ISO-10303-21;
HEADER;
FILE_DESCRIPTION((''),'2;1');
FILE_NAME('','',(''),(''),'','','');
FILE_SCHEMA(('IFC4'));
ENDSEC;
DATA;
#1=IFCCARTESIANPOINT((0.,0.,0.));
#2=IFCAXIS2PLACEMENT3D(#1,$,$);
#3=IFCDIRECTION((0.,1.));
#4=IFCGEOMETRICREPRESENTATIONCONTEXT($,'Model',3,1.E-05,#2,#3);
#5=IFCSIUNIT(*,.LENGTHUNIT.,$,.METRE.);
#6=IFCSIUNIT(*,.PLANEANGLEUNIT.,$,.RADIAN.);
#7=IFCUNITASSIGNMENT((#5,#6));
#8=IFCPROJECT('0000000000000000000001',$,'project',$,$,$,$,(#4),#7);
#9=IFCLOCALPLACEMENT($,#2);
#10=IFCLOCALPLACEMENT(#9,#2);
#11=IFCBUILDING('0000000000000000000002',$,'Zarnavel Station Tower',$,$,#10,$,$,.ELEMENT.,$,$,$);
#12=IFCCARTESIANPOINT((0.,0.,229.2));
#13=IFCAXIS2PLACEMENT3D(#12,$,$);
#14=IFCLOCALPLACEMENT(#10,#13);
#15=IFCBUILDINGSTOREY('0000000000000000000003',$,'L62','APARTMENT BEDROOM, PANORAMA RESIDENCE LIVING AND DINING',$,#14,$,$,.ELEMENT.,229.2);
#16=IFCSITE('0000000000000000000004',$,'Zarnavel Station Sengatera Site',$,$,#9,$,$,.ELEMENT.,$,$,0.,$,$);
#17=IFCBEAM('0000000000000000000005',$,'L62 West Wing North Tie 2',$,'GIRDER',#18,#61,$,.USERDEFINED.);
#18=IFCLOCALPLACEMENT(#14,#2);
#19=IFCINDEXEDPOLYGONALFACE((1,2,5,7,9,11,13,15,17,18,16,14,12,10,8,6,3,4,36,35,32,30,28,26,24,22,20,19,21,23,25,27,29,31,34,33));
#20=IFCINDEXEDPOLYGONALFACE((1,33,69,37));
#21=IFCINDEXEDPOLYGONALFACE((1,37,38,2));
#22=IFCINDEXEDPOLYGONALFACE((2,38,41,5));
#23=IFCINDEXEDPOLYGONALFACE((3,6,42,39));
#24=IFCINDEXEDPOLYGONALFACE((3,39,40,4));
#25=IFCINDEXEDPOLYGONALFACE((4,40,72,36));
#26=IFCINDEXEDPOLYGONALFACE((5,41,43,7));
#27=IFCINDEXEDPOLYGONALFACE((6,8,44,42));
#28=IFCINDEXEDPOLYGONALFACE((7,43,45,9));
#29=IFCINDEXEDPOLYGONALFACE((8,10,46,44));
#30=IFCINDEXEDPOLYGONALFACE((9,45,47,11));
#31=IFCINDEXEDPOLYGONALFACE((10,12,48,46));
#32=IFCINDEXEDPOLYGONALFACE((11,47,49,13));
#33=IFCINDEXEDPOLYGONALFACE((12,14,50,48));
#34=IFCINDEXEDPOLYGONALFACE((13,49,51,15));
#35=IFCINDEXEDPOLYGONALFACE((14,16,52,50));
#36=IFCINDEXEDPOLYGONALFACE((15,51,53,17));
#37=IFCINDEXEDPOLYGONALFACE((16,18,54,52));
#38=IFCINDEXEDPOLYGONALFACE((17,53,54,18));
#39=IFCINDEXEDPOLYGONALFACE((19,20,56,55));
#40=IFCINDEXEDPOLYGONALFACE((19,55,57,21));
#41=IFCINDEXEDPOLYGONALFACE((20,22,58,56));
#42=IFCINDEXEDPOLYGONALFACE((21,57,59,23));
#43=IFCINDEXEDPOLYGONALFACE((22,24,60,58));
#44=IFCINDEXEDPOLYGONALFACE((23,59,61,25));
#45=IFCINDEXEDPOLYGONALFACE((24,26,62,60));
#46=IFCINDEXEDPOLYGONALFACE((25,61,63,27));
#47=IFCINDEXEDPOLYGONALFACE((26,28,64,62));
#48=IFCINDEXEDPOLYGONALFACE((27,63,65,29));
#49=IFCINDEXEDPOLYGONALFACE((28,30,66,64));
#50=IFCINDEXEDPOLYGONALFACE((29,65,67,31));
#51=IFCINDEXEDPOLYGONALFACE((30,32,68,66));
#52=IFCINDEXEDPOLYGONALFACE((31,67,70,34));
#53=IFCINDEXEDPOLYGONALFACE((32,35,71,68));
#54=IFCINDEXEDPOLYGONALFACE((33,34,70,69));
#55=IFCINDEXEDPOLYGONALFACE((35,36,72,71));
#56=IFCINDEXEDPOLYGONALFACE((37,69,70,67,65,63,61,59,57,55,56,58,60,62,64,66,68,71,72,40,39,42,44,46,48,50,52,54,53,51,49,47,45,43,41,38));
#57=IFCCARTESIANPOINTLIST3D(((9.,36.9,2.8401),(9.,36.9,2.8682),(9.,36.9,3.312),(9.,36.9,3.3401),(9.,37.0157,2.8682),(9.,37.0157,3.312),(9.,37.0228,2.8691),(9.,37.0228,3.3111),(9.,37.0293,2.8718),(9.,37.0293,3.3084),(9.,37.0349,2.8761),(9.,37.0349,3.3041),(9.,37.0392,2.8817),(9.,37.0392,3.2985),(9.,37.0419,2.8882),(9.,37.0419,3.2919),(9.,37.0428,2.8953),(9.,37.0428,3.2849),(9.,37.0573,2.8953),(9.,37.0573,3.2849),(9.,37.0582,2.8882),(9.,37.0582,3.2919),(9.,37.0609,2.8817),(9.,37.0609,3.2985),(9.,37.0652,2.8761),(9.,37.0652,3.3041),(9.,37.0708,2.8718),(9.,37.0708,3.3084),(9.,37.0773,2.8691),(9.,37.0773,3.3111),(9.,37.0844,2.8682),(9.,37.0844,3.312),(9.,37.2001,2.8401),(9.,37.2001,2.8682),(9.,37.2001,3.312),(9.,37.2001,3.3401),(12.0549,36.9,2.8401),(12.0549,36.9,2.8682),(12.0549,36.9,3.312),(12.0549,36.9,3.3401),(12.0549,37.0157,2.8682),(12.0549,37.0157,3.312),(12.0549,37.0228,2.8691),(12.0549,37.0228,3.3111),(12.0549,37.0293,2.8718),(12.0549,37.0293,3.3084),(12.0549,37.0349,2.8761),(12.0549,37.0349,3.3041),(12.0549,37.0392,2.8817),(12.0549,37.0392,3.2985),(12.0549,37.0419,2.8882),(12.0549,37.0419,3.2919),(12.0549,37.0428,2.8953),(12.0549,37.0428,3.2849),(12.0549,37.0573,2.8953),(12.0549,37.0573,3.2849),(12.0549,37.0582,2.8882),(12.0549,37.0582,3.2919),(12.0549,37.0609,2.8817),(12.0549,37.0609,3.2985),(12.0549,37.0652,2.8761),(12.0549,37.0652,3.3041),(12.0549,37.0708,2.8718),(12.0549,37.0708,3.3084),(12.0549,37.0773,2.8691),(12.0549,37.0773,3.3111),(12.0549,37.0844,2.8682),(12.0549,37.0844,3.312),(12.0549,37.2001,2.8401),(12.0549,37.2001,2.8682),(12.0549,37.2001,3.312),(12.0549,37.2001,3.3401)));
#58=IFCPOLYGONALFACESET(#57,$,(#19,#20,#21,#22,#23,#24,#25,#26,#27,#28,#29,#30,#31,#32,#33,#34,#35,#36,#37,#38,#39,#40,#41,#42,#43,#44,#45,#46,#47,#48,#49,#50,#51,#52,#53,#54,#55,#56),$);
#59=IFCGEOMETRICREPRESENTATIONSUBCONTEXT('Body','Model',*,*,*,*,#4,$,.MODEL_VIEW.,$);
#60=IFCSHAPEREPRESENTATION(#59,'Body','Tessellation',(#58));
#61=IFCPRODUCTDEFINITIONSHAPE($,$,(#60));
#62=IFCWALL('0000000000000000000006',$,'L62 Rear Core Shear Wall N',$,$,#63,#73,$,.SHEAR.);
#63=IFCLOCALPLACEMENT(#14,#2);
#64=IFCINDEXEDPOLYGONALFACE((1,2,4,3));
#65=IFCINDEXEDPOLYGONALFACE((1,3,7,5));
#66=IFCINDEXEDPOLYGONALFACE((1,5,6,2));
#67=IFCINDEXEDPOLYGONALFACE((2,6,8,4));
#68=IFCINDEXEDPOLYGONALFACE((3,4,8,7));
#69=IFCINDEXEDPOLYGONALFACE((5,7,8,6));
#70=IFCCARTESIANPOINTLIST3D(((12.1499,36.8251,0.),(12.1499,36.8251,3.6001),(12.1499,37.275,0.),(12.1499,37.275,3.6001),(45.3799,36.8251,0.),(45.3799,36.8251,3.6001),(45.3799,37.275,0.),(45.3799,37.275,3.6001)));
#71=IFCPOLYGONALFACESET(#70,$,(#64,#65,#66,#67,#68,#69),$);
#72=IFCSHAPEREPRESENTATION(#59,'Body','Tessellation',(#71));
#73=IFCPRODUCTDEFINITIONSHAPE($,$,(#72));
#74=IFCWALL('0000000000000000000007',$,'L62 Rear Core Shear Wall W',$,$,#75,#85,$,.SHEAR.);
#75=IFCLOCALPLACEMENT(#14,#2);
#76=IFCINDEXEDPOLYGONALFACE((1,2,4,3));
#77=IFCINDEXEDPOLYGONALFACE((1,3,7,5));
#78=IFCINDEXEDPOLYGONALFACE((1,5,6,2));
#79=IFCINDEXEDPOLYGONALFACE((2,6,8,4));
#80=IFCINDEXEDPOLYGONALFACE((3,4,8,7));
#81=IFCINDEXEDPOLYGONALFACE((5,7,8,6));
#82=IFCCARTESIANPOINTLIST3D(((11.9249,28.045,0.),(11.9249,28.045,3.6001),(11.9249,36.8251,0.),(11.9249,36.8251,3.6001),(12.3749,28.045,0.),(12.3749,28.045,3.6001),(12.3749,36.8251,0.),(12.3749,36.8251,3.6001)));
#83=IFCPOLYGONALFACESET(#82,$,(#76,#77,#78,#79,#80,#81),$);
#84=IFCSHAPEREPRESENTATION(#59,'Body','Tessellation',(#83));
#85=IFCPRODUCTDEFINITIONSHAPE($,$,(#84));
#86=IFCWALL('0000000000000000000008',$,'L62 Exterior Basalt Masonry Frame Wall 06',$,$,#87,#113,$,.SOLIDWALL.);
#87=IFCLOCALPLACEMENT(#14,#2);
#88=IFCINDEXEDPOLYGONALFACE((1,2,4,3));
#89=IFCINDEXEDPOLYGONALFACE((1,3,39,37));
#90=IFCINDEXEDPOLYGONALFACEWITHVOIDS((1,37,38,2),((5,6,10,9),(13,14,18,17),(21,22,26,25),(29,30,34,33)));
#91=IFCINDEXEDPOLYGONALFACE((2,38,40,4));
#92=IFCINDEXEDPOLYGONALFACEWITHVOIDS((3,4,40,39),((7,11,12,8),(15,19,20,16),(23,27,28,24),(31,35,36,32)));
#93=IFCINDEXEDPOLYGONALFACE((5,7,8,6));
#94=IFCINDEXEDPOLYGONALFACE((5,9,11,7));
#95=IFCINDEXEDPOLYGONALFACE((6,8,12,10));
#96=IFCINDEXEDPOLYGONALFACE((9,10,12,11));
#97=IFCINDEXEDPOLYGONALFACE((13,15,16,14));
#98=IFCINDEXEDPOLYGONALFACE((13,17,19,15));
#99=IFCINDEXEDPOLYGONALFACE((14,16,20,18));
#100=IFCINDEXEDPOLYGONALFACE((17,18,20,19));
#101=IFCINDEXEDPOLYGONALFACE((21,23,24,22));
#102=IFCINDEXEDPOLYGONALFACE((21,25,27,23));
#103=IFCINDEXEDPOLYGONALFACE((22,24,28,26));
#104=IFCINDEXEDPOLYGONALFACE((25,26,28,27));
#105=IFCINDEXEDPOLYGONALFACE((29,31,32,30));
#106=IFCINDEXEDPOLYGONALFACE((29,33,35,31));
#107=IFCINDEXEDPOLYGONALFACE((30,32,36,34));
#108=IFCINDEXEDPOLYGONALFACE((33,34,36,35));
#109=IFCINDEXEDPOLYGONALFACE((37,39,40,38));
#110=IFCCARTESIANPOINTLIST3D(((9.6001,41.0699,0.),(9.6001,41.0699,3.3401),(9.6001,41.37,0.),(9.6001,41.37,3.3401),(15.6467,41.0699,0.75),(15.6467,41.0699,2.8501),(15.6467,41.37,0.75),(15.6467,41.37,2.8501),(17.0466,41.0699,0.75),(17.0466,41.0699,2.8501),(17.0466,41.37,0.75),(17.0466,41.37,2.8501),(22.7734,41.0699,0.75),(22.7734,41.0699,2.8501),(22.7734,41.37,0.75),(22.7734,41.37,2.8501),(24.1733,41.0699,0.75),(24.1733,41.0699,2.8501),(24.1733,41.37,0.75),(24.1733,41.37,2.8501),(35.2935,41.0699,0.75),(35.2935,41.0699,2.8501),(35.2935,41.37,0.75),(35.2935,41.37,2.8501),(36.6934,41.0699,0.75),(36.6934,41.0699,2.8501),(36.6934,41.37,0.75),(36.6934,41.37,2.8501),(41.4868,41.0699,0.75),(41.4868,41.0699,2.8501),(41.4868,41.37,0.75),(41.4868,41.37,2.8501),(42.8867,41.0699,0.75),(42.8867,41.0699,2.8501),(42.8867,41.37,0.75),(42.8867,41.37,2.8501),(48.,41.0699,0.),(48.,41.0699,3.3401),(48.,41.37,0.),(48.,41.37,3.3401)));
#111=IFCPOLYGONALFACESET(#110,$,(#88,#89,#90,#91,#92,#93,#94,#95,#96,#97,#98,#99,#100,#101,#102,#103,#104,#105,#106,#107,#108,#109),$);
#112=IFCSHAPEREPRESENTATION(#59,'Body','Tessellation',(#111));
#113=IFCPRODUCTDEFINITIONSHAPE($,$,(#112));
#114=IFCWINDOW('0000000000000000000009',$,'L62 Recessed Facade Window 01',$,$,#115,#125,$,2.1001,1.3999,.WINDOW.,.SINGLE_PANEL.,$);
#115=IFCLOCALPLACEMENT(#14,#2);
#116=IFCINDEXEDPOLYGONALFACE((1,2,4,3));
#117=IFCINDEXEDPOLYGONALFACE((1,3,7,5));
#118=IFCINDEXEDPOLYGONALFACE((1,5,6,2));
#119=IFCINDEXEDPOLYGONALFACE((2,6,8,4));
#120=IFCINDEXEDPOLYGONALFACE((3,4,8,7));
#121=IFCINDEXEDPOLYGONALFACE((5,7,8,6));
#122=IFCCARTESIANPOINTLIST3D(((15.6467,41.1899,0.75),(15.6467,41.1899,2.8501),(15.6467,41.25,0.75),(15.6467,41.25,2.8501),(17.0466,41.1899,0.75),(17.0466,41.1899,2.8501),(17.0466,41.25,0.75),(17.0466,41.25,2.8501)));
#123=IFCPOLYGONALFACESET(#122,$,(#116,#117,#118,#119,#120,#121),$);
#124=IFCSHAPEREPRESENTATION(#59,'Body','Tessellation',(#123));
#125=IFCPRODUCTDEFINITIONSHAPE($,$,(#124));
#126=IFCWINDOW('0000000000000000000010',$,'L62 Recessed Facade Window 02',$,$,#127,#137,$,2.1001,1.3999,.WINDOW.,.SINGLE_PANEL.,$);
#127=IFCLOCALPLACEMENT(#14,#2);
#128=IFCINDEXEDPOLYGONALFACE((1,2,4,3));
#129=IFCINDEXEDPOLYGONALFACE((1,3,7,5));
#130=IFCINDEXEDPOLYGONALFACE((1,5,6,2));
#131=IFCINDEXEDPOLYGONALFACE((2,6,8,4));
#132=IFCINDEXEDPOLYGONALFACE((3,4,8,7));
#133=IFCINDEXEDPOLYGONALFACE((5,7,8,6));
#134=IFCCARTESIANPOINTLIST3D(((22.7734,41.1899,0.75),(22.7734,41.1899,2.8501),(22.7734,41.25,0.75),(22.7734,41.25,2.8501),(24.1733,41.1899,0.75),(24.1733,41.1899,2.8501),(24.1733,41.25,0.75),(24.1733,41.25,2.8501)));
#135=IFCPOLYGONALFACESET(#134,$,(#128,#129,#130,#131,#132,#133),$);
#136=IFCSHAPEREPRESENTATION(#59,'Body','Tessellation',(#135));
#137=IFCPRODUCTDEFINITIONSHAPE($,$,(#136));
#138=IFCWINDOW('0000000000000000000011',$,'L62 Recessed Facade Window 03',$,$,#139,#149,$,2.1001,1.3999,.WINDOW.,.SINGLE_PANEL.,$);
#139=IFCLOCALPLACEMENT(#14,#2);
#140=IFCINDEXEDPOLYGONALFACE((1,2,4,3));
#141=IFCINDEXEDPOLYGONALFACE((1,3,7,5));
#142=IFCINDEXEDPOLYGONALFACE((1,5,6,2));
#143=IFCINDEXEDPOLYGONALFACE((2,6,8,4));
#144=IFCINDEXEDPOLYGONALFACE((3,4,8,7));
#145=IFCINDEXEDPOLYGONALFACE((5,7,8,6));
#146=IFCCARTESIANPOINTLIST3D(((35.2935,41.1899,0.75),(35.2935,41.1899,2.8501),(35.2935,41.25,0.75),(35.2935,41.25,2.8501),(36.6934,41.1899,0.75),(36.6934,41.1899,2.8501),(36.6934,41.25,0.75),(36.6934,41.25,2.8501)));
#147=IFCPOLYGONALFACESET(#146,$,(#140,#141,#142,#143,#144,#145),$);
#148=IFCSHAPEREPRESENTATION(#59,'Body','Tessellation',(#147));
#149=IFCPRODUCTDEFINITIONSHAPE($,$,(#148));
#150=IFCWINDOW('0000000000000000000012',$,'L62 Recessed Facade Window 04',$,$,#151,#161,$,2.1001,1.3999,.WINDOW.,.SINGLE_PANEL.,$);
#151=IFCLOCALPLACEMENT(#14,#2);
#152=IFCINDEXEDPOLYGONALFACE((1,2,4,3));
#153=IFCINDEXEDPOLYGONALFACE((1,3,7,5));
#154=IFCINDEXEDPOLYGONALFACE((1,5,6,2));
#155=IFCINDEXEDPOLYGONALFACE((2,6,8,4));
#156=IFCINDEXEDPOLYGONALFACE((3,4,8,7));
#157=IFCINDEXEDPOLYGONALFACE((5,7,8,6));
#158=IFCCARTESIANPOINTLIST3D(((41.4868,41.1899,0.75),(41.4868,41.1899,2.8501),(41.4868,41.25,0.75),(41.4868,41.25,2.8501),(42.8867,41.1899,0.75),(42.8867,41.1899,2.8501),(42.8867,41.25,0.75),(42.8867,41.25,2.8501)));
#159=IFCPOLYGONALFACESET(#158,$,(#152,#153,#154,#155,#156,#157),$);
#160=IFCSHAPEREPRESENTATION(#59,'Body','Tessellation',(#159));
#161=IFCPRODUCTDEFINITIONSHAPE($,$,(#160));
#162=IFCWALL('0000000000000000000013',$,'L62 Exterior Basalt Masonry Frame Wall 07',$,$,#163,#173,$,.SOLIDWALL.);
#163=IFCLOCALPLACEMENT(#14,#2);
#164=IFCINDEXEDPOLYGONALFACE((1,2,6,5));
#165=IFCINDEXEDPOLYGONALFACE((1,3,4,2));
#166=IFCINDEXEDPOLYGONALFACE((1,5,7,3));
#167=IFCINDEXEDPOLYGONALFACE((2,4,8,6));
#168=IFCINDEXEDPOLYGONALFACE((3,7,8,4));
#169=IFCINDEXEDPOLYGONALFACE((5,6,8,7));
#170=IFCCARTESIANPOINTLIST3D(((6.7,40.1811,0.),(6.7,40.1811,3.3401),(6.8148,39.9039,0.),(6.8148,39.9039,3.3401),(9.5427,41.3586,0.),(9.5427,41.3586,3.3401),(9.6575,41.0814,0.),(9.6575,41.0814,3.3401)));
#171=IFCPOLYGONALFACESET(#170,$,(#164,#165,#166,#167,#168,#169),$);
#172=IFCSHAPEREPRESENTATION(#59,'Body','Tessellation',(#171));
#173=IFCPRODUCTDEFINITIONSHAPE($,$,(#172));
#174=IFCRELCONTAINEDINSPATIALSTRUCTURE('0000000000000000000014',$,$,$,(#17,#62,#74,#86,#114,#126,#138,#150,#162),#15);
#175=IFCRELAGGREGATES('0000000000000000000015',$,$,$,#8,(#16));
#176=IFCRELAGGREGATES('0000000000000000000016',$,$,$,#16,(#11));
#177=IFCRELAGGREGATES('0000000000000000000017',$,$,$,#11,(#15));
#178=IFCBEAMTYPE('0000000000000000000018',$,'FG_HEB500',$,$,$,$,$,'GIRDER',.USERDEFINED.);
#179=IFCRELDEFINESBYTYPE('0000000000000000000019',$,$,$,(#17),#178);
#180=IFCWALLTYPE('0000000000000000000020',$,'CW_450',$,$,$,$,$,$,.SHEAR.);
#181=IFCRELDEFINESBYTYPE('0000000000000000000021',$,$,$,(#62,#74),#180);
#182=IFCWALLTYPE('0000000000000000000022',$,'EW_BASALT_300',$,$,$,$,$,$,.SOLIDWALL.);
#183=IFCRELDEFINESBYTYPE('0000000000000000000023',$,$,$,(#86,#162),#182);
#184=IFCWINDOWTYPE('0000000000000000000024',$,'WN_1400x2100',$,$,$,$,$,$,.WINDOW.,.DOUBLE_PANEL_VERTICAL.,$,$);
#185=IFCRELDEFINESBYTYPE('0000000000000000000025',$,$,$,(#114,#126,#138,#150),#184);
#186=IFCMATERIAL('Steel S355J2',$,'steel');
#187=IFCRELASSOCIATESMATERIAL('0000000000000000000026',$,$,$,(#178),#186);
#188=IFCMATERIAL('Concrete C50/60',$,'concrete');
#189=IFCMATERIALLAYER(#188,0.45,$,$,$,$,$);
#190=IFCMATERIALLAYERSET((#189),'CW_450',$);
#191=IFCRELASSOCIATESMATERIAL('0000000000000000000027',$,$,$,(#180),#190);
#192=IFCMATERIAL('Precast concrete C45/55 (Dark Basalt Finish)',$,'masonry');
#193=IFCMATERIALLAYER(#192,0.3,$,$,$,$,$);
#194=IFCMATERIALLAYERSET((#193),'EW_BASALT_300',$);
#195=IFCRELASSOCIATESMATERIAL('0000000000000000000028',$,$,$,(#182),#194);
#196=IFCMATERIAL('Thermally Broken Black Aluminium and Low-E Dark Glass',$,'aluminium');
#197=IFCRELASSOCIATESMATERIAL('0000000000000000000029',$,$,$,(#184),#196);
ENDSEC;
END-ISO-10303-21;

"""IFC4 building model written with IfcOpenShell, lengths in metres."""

from ifc_helpers import new_model, si_unit, direction, frame, frame_2d, origin, origin_2d, place, context, subcontext, project, spatial, rectangle, i_section, extrude, material, layer, layer_set, material_profile, profile_set, type_object, element, fill, save


model = new_model("IFC4")

# Units and contexts
model_context = context("Model", 3, precision=1e-05, world=origin(), true_north=direction((0.0, 1.0)))
body_context = subcontext(model_context, "Body", "Model", "MODEL_VIEW")
ifc_project = project(units=[si_unit("LENGTHUNIT", "METRE"), si_unit("PLANEANGLEUNIT", "RADIAN")], contexts=[model_context])

# Site, building, storey
site_placement = place(None, origin())
site = spatial("IfcSite", under=ifc_project, at=site_placement, Name="Zarnavel Station Sengatera Site", CompositionType="ELEMENT", RefElevation=0.0)
building_placement = place(site_placement, origin())
building = spatial("IfcBuilding", under=site, at=building_placement, Name="Zarnavel Station Tower", CompositionType="ELEMENT")
storey_placement = place(building_placement, frame((0.0, 0.0, 229.2)))
storey = spatial("IfcBuildingStorey", under=building, at=storey_placement, Name="L62", Description="APARTMENT BEDROOM, PANORAMA RESIDENCE LIVING AND DINING", CompositionType="ELEMENT", Elevation=229.2)

# Beam
ifc_material_1 = material(Name="Steel S355J2", Category="steel")
ifc_material_profile_1 = material_profile(ifc_material_1, i_section(OverallWidth=0.3, OverallDepth=0.5, WebThickness=0.0144, FlangeThickness=0.0281, FilletRadius=0.0271, at=origin_2d()), Name="HEB500")
ifc_profile_set_1 = profile_set([ifc_material_profile_1], Name="Steel S355J2")
beam_type = type_object("IfcBeamType", Name="FG_HEB500", ElementType="GIRDER", PredefinedType="USERDEFINED", material=ifc_profile_set_1)
beam_1_placement = place(storey_placement, frame((9.0, 37.05, 3.0901), z_axis=(1.0, 0.0, 0.0), x_axis=(0.0, 1.0, 0.0)))
element("IfcBeam", 1, at=beam_1_placement, inside=storey, type_object=beam_type, Name="L62 West Wing North Tie 2", ObjectType="GIRDER", PredefinedType="USERDEFINED", context=body_context, shape_type="SweptSolid", body=[
    extrude(i_section(OverallWidth=0.3, OverallDepth=0.5, WebThickness=0.0144, FlangeThickness=0.0281, FilletRadius=0.0271, at=origin_2d()), origin(), (0.0, 0.0, 1.0), 3.0549),
])

# Walls
ifc_material_2 = material(Name="Concrete C50/60", Category="concrete")
ifc_layer_1 = layer(ifc_material_2, 0.45)
ifc_layer_set_1 = layer_set([ifc_layer_1], Name="CW_450")
wall_type_1 = type_object("IfcWallType", Name="CW_450", PredefinedType="SHEAR", material=ifc_layer_set_1)
wall_1_placement = place(storey_placement, frame((12.1499, 37.05, 0.0), z_axis=(0.0, 0.0, 1.0), x_axis=(1.0, 0.0, 0.0)))
element("IfcWall", 2, at=wall_1_placement, inside=storey, type_object=wall_type_1, Name="L62 Rear Core Shear Wall N", PredefinedType="SHEAR", context=body_context, shape_type="SweptSolid", body=[
    extrude(rectangle(XDim=33.23, YDim=0.45, at=frame_2d((16.615, 0.0))), origin(), (0.0, 0.0, 1.0), 3.6001),
])
wall_2_placement = place(storey_placement, frame((12.1499, 28.0449, 0.0), z_axis=(0.0, 0.0, 1.0), x_axis=(0.0, 1.0, 0.0)))
element("IfcWall", 3, at=wall_2_placement, inside=storey, type_object=wall_type_1, Name="L62 Rear Core Shear Wall W", PredefinedType="SHEAR", context=body_context, shape_type="SweptSolid", body=[
    extrude(rectangle(XDim=8.78, YDim=0.45, at=frame_2d((4.3901, 0.0))), origin(), (0.0, 0.0, 1.0), 3.6001),
])

# Wall, openings, windows
ifc_material_3 = material(Name="Precast concrete C45/55 (Dark Basalt Finish)", Category="masonry")
ifc_layer_2 = layer(ifc_material_3, 0.3)
ifc_layer_set_2 = layer_set([ifc_layer_2], Name="EW_BASALT_300")
wall_type_2 = type_object("IfcWallType", Name="EW_BASALT_300", PredefinedType="SOLIDWALL", material=ifc_layer_set_2)
wall_3_placement = place(storey_placement, frame((9.6001, 41.22, 0.0), z_axis=(0.0, 0.0, 1.0), x_axis=(1.0, 0.0, 0.0)))
wall_3 = element("IfcWall", 4, at=wall_3_placement, inside=storey, type_object=wall_type_2, Name="L62 Exterior Basalt Masonry Frame Wall 06", PredefinedType="SOLIDWALL", context=body_context, shape_type="SweptSolid", body=[
    extrude(rectangle(XDim=38.3999, YDim=0.3, at=frame_2d((19.2, 0.0))), origin(), (0.0, 0.0, 1.0), 3.3401),
])
opening_1_placement = place(wall_3_placement, frame((6.0466, 0.0, 0.75)))
opening_1 = element("IfcOpeningElement", 5, at=opening_1_placement, cuts=wall_3, PredefinedType="OPENING", context=body_context, shape_type="SweptSolid", body=[
    extrude(rectangle(XDim=1.3999, YDim=2.1001, at=frame_2d((0.7, 1.05))), frame((0.0, 0.1599, 0.0), z_axis=(0.0, -1.0, 0.0), x_axis=(1.0, 0.0, 0.0)), (0.0, 0.0, 1.0), 0.3201),
])
opening_2_placement = place(wall_3_placement, frame((13.1733, 0.0, 0.75)))
opening_2 = element("IfcOpeningElement", 6, at=opening_2_placement, cuts=wall_3, PredefinedType="OPENING", context=body_context, shape_type="SweptSolid", body=[
    extrude(rectangle(XDim=1.3999, YDim=2.1001, at=frame_2d((0.7, 1.05))), frame((0.0, 0.1599, 0.0), z_axis=(0.0, -1.0, 0.0), x_axis=(1.0, 0.0, 0.0)), (0.0, 0.0, 1.0), 0.3201),
])
opening_3_placement = place(wall_3_placement, frame((25.6934, 0.0, 0.75)))
opening_3 = element("IfcOpeningElement", 7, at=opening_3_placement, cuts=wall_3, PredefinedType="OPENING", context=body_context, shape_type="SweptSolid", body=[
    extrude(rectangle(XDim=1.3999, YDim=2.1001, at=frame_2d((0.7, 1.05))), frame((0.0, 0.1599, 0.0), z_axis=(0.0, -1.0, 0.0), x_axis=(1.0, 0.0, 0.0)), (0.0, 0.0, 1.0), 0.3201),
])
opening_4_placement = place(wall_3_placement, frame((31.8867, 0.0, 0.75)))
opening_4 = element("IfcOpeningElement", 8, at=opening_4_placement, cuts=wall_3, PredefinedType="OPENING", context=body_context, shape_type="SweptSolid", body=[
    extrude(rectangle(XDim=1.3999, YDim=2.1001, at=frame_2d((0.7, 1.05))), frame((0.0, 0.1599, 0.0), z_axis=(0.0, -1.0, 0.0), x_axis=(1.0, 0.0, 0.0)), (0.0, 0.0, 1.0), 0.3201),
])
ifc_material_4 = material(Name="Thermally Broken Black Aluminium and Low-E Dark Glass", Category="aluminium")
window_type = type_object("IfcWindowType", Name="WN_1400x2100", PartitioningType="DOUBLE_PANEL_VERTICAL", PredefinedType="WINDOW", material=ifc_material_4)
window_1_placement = place(opening_1_placement, origin())
window_1 = element("IfcWindow", 9, at=window_1_placement, inside=storey, type_object=window_type, Name="L62 Recessed Facade Window 01", OverallHeight=2.1001, OverallWidth=1.3999, PartitioningType="SINGLE_PANEL", PredefinedType="WINDOW", context=body_context, shape_type="SweptSolid", body=[
    extrude(rectangle(XDim=1.3999, YDim=2.1001, at=frame_2d((0.7, 1.05))), frame((0.0, 0.03, 0.0), z_axis=(0.0, -1.0, 0.0), x_axis=(1.0, 0.0, 0.0)), (0.0, 0.0, 1.0), 0.0601),
])
fill(opening_1, window_1)
window_2_placement = place(opening_2_placement, origin())
window_2 = element("IfcWindow", 10, at=window_2_placement, inside=storey, type_object=window_type, Name="L62 Recessed Facade Window 02", OverallHeight=2.1001, OverallWidth=1.3999, PartitioningType="SINGLE_PANEL", PredefinedType="WINDOW", context=body_context, shape_type="SweptSolid", body=[
    extrude(rectangle(XDim=1.3999, YDim=2.1001, at=frame_2d((0.7, 1.05))), frame((0.0, 0.03, 0.0), z_axis=(0.0, -1.0, 0.0), x_axis=(1.0, 0.0, 0.0)), (0.0, 0.0, 1.0), 0.0601),
])
fill(opening_2, window_2)
window_3_placement = place(opening_3_placement, origin())
window_3 = element("IfcWindow", 11, at=window_3_placement, inside=storey, type_object=window_type, Name="L62 Recessed Facade Window 03", OverallHeight=2.1001, OverallWidth=1.3999, PartitioningType="SINGLE_PANEL", PredefinedType="WINDOW", context=body_context, shape_type="SweptSolid", body=[
    extrude(rectangle(XDim=1.3999, YDim=2.1001, at=frame_2d((0.7, 1.05))), frame((0.0, 0.03, 0.0), z_axis=(0.0, -1.0, 0.0), x_axis=(1.0, 0.0, 0.0)), (0.0, 0.0, 1.0), 0.0601),
])
fill(opening_3, window_3)
window_4_placement = place(opening_4_placement, origin())
window_4 = element("IfcWindow", 12, at=window_4_placement, inside=storey, type_object=window_type, Name="L62 Recessed Facade Window 04", OverallHeight=2.1001, OverallWidth=1.3999, PartitioningType="SINGLE_PANEL", PredefinedType="WINDOW", context=body_context, shape_type="SweptSolid", body=[
    extrude(rectangle(XDim=1.3999, YDim=2.1001, at=frame_2d((0.7, 1.05))), frame((0.0, 0.03, 0.0), z_axis=(0.0, -1.0, 0.0), x_axis=(1.0, 0.0, 0.0)), (0.0, 0.0, 1.0), 0.0601),
])
fill(opening_4, window_4)

# Wall
wall_4_placement = place(storey_placement, frame((6.7573, 40.0425, 0.0), z_axis=(0.0, 0.0, 1.0), x_axis=(0.923882, 0.382676, 0.0)))
element("IfcWall", 13, at=wall_4_placement, inside=storey, type_object=wall_type_2, Name="L62 Exterior Basalt Masonry Frame Wall 07", PredefinedType="SOLIDWALL", context=body_context, shape_type="SweptSolid", body=[
    extrude(rectangle(XDim=3.0769, YDim=0.3, at=frame_2d((1.5386, 0.0))), origin(), (0.0, 0.0, 1.0), 3.3401),
])

save(model, "model.ifc")
